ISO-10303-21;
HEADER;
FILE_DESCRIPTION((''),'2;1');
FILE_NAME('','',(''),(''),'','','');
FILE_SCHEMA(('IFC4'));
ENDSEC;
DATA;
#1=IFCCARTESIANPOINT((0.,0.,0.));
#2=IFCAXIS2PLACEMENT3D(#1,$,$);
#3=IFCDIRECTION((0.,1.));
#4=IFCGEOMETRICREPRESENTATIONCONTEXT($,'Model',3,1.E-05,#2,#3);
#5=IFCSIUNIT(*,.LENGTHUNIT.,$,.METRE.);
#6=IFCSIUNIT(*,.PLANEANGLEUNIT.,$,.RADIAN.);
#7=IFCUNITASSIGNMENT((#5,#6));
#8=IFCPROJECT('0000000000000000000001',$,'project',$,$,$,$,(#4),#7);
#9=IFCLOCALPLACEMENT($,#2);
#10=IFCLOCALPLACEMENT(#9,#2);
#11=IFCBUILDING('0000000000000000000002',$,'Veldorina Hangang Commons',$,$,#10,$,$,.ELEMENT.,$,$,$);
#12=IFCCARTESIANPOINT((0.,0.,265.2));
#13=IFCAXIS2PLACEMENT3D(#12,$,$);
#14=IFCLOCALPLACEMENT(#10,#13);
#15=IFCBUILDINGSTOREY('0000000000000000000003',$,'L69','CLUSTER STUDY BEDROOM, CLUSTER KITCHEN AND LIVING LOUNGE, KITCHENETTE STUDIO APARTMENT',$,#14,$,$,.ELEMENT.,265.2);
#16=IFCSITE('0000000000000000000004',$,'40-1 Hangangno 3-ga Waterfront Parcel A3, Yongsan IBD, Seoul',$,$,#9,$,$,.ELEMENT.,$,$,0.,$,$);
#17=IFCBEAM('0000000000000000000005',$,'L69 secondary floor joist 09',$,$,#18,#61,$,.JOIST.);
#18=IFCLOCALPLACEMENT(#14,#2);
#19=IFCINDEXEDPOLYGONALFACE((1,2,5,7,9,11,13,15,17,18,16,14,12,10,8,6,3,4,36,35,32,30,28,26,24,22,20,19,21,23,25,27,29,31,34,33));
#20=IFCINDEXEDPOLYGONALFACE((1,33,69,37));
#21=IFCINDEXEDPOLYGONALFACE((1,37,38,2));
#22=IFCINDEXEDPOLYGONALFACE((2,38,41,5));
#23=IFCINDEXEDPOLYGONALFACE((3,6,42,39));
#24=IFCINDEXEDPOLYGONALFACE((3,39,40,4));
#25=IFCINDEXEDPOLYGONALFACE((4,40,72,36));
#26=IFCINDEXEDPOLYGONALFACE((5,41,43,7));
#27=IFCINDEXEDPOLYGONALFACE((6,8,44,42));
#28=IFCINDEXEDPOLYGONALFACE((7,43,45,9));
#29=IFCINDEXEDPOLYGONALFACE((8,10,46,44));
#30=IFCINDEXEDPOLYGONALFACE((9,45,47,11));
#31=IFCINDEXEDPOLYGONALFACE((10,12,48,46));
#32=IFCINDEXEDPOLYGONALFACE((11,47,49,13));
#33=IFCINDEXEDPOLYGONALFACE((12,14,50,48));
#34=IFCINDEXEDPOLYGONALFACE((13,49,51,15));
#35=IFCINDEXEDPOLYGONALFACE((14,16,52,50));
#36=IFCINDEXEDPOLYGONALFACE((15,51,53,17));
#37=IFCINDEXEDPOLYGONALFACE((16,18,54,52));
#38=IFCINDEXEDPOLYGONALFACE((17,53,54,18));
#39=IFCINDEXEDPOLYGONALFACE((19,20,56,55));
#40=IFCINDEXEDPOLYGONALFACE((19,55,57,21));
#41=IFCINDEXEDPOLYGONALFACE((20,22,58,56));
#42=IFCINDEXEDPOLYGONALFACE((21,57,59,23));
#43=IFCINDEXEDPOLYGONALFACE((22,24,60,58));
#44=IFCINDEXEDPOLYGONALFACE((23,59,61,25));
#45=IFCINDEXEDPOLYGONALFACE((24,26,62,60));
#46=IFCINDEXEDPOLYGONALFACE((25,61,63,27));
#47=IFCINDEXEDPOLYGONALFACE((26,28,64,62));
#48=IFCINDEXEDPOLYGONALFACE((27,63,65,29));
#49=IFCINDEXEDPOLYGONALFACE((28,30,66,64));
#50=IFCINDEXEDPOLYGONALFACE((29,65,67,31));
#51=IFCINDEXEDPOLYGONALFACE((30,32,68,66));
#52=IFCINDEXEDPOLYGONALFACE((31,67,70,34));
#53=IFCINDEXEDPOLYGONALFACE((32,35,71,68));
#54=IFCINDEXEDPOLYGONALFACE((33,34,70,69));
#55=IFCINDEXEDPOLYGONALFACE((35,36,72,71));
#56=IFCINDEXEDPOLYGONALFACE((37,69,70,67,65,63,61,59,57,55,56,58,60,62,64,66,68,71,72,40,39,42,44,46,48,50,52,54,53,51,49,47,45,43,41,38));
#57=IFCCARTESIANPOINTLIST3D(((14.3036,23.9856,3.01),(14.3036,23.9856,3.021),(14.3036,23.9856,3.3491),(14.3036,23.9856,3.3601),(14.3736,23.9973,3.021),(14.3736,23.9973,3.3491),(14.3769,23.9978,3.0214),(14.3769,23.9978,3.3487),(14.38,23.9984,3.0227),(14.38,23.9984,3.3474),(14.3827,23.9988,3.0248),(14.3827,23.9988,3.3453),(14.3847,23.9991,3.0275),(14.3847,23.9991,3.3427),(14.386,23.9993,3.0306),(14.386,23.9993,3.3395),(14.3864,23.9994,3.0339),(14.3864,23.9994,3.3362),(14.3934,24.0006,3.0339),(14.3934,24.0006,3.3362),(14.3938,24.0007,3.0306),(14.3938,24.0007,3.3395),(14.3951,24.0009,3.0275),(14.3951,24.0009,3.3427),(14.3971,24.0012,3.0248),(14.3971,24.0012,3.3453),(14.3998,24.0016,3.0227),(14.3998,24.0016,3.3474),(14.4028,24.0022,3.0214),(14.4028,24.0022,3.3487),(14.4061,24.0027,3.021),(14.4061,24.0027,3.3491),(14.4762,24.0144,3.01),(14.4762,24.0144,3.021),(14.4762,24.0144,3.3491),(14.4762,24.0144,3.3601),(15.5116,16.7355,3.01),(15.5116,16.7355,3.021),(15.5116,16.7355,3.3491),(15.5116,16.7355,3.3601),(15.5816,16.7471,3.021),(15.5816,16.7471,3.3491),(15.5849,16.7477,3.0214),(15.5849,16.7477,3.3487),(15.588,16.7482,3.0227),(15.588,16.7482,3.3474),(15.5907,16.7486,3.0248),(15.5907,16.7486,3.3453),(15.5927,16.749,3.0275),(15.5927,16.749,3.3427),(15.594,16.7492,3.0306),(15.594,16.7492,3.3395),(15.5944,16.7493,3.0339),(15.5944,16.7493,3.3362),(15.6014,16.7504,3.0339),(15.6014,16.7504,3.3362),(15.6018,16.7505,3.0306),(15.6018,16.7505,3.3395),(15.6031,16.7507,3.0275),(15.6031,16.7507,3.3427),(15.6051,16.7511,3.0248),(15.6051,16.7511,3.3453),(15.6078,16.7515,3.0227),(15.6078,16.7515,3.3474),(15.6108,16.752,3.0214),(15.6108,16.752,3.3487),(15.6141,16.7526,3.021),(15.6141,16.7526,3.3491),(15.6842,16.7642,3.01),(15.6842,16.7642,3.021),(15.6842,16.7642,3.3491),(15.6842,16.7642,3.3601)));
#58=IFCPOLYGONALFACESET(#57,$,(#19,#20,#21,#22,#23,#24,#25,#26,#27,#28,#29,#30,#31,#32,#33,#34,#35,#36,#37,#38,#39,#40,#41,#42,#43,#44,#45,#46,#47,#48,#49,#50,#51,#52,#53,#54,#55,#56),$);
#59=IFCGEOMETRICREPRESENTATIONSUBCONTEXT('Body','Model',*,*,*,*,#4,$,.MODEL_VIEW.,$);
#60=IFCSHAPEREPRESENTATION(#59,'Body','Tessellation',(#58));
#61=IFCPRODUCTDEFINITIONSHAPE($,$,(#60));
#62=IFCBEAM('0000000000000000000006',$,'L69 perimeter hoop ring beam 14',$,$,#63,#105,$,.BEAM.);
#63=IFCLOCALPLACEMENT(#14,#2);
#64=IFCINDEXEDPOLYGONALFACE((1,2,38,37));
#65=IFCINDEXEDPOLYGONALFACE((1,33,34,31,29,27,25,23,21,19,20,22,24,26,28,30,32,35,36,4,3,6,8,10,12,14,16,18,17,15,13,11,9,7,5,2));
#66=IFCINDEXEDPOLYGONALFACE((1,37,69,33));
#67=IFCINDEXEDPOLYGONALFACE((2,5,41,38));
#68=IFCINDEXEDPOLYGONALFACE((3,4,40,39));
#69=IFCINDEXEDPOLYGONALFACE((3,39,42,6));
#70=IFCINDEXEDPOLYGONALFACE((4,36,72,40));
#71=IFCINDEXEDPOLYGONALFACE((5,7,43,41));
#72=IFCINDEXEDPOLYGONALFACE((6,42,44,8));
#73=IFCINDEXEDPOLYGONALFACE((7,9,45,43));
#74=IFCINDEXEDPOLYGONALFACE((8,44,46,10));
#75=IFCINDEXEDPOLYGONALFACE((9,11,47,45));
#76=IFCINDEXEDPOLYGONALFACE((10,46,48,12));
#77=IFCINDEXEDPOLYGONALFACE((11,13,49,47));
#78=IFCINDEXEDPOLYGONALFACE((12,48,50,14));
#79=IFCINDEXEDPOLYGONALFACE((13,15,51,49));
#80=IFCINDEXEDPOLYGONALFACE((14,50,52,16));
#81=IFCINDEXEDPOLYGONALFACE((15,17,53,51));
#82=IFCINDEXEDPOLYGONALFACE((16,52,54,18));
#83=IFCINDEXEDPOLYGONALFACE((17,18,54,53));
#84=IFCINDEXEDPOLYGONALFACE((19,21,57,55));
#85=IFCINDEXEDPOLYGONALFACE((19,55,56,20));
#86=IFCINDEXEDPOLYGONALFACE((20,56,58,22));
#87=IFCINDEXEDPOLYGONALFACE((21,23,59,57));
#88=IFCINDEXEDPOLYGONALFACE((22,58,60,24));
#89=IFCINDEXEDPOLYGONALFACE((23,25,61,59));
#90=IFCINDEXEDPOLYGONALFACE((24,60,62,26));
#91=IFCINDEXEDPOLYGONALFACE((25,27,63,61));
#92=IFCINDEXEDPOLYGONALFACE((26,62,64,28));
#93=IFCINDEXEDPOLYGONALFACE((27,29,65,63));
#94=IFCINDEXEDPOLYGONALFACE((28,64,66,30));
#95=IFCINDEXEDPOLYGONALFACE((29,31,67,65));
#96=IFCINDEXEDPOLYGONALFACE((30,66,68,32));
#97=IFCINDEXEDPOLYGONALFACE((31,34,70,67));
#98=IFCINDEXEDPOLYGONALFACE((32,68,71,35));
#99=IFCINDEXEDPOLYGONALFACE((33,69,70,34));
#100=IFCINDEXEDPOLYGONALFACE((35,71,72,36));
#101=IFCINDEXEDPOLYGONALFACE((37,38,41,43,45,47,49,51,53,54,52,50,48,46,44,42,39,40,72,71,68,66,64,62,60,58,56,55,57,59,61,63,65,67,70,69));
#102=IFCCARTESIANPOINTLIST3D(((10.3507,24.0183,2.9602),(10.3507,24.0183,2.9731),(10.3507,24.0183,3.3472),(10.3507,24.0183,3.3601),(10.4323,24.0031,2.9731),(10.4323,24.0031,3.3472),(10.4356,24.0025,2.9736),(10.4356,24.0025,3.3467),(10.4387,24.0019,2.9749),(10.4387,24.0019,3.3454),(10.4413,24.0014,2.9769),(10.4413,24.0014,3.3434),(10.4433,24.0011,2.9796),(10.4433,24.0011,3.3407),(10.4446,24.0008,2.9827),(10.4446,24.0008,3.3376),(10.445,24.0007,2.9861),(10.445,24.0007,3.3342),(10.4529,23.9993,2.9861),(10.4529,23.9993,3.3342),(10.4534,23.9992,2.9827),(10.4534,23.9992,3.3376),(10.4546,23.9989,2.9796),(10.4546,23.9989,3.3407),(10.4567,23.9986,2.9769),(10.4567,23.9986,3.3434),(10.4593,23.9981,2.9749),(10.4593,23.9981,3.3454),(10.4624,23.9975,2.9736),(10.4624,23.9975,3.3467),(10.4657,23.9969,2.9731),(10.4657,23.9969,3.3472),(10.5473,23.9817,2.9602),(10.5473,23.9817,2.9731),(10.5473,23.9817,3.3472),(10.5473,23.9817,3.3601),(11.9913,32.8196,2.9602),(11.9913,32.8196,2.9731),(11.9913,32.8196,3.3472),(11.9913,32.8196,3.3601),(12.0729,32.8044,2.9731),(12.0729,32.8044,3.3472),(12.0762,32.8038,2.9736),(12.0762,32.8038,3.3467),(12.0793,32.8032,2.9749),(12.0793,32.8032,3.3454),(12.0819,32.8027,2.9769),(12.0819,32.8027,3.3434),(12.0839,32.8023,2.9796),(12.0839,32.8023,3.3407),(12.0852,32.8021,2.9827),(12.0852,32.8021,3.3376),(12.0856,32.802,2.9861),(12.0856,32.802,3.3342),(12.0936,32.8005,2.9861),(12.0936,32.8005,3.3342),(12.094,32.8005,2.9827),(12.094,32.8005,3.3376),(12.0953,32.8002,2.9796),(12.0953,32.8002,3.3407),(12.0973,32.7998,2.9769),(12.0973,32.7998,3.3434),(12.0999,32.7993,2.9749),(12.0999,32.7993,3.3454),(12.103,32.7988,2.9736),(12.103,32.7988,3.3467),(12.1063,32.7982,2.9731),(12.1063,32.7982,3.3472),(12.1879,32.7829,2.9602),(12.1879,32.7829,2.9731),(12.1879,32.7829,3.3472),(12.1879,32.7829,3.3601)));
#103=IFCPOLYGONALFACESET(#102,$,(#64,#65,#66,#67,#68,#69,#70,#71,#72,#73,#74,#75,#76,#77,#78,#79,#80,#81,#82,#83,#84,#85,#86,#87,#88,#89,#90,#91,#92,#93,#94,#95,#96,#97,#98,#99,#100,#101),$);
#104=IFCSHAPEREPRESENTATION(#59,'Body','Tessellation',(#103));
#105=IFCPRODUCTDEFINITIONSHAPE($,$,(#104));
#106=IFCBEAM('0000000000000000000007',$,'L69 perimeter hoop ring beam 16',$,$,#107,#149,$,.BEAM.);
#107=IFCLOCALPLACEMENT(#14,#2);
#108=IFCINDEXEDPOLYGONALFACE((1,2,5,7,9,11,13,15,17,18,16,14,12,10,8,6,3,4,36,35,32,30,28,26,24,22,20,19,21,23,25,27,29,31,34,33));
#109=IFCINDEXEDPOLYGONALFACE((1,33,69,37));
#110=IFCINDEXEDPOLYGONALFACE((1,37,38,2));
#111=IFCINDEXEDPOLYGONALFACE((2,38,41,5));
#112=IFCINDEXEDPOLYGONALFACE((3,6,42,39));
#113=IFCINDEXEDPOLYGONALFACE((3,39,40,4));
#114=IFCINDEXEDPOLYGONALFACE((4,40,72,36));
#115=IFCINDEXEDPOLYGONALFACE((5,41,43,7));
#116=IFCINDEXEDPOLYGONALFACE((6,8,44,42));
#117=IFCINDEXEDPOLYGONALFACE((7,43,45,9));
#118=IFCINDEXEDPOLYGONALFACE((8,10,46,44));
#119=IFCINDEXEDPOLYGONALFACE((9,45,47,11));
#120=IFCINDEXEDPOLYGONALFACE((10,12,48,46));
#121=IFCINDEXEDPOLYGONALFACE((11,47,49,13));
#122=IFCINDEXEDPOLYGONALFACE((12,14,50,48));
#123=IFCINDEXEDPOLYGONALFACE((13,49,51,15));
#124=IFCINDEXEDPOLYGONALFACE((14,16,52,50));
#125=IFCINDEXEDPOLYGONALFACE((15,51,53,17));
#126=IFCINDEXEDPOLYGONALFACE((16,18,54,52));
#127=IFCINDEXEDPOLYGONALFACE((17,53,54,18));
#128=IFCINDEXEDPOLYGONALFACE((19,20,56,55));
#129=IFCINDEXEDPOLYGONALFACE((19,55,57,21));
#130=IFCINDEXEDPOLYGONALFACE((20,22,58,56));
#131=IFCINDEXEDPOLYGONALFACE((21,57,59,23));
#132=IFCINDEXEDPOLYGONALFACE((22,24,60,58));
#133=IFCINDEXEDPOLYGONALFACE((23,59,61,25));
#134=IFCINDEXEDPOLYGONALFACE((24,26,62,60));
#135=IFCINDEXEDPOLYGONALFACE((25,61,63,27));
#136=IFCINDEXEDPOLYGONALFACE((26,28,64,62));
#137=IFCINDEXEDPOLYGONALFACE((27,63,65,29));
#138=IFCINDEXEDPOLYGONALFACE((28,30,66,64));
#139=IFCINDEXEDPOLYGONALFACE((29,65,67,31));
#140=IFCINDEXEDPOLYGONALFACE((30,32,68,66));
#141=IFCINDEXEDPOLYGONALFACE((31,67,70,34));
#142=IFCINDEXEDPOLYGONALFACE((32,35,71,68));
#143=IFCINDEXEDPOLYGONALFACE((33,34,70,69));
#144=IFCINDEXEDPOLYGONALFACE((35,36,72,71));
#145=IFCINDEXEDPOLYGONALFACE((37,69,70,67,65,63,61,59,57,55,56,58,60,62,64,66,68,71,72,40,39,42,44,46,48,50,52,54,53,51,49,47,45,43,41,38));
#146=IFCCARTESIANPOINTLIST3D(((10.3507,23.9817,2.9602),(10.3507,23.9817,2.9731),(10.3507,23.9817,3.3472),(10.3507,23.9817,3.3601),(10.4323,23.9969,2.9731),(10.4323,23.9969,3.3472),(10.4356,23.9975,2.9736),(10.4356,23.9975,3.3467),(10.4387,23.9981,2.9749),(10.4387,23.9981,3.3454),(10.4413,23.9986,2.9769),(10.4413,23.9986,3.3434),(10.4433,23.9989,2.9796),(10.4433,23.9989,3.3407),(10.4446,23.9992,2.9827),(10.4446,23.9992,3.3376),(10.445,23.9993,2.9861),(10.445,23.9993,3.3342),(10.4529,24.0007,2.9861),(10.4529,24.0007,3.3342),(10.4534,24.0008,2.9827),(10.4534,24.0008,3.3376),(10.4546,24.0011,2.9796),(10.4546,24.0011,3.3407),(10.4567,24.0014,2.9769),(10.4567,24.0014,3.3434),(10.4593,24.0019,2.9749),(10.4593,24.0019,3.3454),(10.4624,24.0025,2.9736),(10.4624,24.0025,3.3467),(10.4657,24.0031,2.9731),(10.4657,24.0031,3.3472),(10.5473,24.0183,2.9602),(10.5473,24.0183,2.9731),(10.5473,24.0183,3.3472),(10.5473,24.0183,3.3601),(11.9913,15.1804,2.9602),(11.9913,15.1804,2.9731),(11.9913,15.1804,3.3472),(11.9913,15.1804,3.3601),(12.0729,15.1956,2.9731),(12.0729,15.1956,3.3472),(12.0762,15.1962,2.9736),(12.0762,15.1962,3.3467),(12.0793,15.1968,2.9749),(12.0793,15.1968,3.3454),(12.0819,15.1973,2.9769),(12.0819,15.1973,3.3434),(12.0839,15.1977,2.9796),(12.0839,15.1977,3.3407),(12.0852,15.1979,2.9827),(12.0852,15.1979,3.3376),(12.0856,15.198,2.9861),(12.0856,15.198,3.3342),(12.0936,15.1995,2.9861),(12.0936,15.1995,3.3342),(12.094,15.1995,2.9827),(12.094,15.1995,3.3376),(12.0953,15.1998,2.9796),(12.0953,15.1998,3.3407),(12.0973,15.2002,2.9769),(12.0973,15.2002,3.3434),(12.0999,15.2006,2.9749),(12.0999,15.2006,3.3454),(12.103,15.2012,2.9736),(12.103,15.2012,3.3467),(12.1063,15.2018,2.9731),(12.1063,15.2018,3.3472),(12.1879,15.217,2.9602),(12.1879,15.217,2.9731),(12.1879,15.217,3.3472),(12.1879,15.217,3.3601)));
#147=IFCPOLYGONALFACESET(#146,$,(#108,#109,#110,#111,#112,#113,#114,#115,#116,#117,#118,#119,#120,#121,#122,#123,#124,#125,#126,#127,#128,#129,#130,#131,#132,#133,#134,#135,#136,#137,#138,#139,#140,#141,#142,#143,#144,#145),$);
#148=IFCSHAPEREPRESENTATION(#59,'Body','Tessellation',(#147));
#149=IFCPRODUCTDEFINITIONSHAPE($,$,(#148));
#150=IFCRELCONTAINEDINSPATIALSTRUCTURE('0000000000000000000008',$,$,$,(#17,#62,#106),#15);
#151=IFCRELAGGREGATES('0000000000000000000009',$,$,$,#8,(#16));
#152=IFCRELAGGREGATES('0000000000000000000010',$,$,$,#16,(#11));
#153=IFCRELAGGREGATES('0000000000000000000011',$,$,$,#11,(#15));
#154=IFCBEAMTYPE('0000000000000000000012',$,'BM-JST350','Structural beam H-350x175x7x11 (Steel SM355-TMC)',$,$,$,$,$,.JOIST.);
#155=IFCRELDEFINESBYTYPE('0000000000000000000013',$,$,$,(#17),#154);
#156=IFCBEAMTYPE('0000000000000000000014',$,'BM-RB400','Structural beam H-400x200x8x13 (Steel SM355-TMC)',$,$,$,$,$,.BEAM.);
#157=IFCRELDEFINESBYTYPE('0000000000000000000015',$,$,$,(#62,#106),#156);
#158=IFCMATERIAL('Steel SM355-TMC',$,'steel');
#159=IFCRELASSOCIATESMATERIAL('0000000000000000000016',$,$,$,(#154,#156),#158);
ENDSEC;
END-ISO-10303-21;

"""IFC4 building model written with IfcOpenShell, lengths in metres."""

from ifc_helpers import new_model, si_unit, direction, frame, origin, origin_2d, place, context, subcontext, project, spatial, i_section, extrude, material, material_profile, profile_set, type_object, element, save


model = new_model("IFC4")

# Units and contexts
model_context = context("Model", 3, precision=1e-05, world=origin(), true_north=direction((0.0, 1.0)))
body_context = subcontext(model_context, "Body", "Model", "MODEL_VIEW")
ifc_project = project(units=[si_unit("LENGTHUNIT", "METRE"), si_unit("PLANEANGLEUNIT", "RADIAN")], contexts=[model_context])

# Site, building, storey
site_placement = place(None, origin())
site = spatial("IfcSite", under=ifc_project, at=site_placement, Name="40-1 Hangangno 3-ga Waterfront Parcel A3, Yongsan IBD, Seoul", CompositionType="ELEMENT", RefElevation=0.0)
building_placement = place(site_placement, origin())
building = spatial("IfcBuilding", under=site, at=building_placement, Name="Veldorina Hangang Commons", CompositionType="ELEMENT")
storey_placement = place(building_placement, frame((0.0, 0.0, 265.2)))
storey = spatial("IfcBuildingStorey", under=building, at=storey_placement, Name="L69", Description="CLUSTER STUDY BEDROOM, CLUSTER KITCHEN AND LIVING LOUNGE, KITCHENETTE STUDIO APARTMENT", CompositionType="ELEMENT", Elevation=265.2)

# Beams
ifc_material_1 = material(Name="Steel SM355-TMC", Category="steel")
ifc_material_profile_1 = material_profile(ifc_material_1, i_section(OverallWidth=0.175, OverallDepth=0.3501, WebThickness=0.0071, FlangeThickness=0.011, FilletRadius=0.0129, at=origin_2d()), Name="H-350x175x7x11")
ifc_profile_set_1 = profile_set([ifc_material_profile_1], Name="Steel SM355-TMC")
beam_type_1 = type_object("IfcBeamType", Name="BM-JST350", Description="Structural beam H-350x175x7x11 (Steel SM355-TMC)", PredefinedType="JOIST", material=ifc_profile_set_1)
beam_placement = place(storey_placement, frame((14.3899, 24.0, 3.1851), z_axis=(0.164351, -0.986402, 0.0), x_axis=(0.986402, 0.164351, 0.0)))
element("IfcBeam", 1, at=beam_placement, inside=storey, type_object=beam_type_1, Name="L69 secondary floor joist 09", PredefinedType="JOIST", context=body_context, shape_type="SweptSolid", body=[
    extrude(i_section(OverallWidth=0.175, OverallDepth=0.3501, WebThickness=0.0071, FlangeThickness=0.011, FilletRadius=0.0129, at=origin_2d()), origin(), (0.0, 0.0, 1.0), 7.3501),
])
ifc_material_profile_2 = material_profile(ifc_material_1, i_section(OverallWidth=0.2, OverallDepth=0.3999, WebThickness=0.0081, FlangeThickness=0.0129, FilletRadius=0.0129, at=origin_2d()), Name="H-400x200x8x13")
ifc_profile_set_2 = profile_set([ifc_material_profile_2], Name="Steel SM355-TMC")
beam_type_2 = type_object("IfcBeamType", Name="BM-RB400", Description="Structural beam H-400x200x8x13 (Steel SM355-TMC)", PredefinedType="BEAM", material=ifc_profile_set_2)
for number, where, z_axis, x_axis, name in (
    (2, (12.0896, 32.8013, 3.1602), (-0.183251, -0.983066, 0.0), (0.983066, -0.183251, 0.0), "L69 perimeter hoop ring beam 14"),
    (3, (10.449, 24.0, 3.1602), (0.183251, -0.983066, 0.0), (0.983066, 0.183251, 0.0), "L69 perimeter hoop ring beam 16"),
):
    element("IfcBeam", number, at=place(storey_placement, frame(where, z_axis=z_axis, x_axis=x_axis)), inside=storey, type_object=beam_type_2, Name=name, PredefinedType="BEAM", context=body_context, shape_type="SweptSolid", body=[
        extrude(i_section(OverallWidth=0.2, OverallDepth=0.3999, WebThickness=0.0081, FlangeThickness=0.0129, FilletRadius=0.0129, at=origin_2d()), origin(), (0.0, 0.0, 1.0), 8.9529),
    ])

save(model, "model.ifc")
